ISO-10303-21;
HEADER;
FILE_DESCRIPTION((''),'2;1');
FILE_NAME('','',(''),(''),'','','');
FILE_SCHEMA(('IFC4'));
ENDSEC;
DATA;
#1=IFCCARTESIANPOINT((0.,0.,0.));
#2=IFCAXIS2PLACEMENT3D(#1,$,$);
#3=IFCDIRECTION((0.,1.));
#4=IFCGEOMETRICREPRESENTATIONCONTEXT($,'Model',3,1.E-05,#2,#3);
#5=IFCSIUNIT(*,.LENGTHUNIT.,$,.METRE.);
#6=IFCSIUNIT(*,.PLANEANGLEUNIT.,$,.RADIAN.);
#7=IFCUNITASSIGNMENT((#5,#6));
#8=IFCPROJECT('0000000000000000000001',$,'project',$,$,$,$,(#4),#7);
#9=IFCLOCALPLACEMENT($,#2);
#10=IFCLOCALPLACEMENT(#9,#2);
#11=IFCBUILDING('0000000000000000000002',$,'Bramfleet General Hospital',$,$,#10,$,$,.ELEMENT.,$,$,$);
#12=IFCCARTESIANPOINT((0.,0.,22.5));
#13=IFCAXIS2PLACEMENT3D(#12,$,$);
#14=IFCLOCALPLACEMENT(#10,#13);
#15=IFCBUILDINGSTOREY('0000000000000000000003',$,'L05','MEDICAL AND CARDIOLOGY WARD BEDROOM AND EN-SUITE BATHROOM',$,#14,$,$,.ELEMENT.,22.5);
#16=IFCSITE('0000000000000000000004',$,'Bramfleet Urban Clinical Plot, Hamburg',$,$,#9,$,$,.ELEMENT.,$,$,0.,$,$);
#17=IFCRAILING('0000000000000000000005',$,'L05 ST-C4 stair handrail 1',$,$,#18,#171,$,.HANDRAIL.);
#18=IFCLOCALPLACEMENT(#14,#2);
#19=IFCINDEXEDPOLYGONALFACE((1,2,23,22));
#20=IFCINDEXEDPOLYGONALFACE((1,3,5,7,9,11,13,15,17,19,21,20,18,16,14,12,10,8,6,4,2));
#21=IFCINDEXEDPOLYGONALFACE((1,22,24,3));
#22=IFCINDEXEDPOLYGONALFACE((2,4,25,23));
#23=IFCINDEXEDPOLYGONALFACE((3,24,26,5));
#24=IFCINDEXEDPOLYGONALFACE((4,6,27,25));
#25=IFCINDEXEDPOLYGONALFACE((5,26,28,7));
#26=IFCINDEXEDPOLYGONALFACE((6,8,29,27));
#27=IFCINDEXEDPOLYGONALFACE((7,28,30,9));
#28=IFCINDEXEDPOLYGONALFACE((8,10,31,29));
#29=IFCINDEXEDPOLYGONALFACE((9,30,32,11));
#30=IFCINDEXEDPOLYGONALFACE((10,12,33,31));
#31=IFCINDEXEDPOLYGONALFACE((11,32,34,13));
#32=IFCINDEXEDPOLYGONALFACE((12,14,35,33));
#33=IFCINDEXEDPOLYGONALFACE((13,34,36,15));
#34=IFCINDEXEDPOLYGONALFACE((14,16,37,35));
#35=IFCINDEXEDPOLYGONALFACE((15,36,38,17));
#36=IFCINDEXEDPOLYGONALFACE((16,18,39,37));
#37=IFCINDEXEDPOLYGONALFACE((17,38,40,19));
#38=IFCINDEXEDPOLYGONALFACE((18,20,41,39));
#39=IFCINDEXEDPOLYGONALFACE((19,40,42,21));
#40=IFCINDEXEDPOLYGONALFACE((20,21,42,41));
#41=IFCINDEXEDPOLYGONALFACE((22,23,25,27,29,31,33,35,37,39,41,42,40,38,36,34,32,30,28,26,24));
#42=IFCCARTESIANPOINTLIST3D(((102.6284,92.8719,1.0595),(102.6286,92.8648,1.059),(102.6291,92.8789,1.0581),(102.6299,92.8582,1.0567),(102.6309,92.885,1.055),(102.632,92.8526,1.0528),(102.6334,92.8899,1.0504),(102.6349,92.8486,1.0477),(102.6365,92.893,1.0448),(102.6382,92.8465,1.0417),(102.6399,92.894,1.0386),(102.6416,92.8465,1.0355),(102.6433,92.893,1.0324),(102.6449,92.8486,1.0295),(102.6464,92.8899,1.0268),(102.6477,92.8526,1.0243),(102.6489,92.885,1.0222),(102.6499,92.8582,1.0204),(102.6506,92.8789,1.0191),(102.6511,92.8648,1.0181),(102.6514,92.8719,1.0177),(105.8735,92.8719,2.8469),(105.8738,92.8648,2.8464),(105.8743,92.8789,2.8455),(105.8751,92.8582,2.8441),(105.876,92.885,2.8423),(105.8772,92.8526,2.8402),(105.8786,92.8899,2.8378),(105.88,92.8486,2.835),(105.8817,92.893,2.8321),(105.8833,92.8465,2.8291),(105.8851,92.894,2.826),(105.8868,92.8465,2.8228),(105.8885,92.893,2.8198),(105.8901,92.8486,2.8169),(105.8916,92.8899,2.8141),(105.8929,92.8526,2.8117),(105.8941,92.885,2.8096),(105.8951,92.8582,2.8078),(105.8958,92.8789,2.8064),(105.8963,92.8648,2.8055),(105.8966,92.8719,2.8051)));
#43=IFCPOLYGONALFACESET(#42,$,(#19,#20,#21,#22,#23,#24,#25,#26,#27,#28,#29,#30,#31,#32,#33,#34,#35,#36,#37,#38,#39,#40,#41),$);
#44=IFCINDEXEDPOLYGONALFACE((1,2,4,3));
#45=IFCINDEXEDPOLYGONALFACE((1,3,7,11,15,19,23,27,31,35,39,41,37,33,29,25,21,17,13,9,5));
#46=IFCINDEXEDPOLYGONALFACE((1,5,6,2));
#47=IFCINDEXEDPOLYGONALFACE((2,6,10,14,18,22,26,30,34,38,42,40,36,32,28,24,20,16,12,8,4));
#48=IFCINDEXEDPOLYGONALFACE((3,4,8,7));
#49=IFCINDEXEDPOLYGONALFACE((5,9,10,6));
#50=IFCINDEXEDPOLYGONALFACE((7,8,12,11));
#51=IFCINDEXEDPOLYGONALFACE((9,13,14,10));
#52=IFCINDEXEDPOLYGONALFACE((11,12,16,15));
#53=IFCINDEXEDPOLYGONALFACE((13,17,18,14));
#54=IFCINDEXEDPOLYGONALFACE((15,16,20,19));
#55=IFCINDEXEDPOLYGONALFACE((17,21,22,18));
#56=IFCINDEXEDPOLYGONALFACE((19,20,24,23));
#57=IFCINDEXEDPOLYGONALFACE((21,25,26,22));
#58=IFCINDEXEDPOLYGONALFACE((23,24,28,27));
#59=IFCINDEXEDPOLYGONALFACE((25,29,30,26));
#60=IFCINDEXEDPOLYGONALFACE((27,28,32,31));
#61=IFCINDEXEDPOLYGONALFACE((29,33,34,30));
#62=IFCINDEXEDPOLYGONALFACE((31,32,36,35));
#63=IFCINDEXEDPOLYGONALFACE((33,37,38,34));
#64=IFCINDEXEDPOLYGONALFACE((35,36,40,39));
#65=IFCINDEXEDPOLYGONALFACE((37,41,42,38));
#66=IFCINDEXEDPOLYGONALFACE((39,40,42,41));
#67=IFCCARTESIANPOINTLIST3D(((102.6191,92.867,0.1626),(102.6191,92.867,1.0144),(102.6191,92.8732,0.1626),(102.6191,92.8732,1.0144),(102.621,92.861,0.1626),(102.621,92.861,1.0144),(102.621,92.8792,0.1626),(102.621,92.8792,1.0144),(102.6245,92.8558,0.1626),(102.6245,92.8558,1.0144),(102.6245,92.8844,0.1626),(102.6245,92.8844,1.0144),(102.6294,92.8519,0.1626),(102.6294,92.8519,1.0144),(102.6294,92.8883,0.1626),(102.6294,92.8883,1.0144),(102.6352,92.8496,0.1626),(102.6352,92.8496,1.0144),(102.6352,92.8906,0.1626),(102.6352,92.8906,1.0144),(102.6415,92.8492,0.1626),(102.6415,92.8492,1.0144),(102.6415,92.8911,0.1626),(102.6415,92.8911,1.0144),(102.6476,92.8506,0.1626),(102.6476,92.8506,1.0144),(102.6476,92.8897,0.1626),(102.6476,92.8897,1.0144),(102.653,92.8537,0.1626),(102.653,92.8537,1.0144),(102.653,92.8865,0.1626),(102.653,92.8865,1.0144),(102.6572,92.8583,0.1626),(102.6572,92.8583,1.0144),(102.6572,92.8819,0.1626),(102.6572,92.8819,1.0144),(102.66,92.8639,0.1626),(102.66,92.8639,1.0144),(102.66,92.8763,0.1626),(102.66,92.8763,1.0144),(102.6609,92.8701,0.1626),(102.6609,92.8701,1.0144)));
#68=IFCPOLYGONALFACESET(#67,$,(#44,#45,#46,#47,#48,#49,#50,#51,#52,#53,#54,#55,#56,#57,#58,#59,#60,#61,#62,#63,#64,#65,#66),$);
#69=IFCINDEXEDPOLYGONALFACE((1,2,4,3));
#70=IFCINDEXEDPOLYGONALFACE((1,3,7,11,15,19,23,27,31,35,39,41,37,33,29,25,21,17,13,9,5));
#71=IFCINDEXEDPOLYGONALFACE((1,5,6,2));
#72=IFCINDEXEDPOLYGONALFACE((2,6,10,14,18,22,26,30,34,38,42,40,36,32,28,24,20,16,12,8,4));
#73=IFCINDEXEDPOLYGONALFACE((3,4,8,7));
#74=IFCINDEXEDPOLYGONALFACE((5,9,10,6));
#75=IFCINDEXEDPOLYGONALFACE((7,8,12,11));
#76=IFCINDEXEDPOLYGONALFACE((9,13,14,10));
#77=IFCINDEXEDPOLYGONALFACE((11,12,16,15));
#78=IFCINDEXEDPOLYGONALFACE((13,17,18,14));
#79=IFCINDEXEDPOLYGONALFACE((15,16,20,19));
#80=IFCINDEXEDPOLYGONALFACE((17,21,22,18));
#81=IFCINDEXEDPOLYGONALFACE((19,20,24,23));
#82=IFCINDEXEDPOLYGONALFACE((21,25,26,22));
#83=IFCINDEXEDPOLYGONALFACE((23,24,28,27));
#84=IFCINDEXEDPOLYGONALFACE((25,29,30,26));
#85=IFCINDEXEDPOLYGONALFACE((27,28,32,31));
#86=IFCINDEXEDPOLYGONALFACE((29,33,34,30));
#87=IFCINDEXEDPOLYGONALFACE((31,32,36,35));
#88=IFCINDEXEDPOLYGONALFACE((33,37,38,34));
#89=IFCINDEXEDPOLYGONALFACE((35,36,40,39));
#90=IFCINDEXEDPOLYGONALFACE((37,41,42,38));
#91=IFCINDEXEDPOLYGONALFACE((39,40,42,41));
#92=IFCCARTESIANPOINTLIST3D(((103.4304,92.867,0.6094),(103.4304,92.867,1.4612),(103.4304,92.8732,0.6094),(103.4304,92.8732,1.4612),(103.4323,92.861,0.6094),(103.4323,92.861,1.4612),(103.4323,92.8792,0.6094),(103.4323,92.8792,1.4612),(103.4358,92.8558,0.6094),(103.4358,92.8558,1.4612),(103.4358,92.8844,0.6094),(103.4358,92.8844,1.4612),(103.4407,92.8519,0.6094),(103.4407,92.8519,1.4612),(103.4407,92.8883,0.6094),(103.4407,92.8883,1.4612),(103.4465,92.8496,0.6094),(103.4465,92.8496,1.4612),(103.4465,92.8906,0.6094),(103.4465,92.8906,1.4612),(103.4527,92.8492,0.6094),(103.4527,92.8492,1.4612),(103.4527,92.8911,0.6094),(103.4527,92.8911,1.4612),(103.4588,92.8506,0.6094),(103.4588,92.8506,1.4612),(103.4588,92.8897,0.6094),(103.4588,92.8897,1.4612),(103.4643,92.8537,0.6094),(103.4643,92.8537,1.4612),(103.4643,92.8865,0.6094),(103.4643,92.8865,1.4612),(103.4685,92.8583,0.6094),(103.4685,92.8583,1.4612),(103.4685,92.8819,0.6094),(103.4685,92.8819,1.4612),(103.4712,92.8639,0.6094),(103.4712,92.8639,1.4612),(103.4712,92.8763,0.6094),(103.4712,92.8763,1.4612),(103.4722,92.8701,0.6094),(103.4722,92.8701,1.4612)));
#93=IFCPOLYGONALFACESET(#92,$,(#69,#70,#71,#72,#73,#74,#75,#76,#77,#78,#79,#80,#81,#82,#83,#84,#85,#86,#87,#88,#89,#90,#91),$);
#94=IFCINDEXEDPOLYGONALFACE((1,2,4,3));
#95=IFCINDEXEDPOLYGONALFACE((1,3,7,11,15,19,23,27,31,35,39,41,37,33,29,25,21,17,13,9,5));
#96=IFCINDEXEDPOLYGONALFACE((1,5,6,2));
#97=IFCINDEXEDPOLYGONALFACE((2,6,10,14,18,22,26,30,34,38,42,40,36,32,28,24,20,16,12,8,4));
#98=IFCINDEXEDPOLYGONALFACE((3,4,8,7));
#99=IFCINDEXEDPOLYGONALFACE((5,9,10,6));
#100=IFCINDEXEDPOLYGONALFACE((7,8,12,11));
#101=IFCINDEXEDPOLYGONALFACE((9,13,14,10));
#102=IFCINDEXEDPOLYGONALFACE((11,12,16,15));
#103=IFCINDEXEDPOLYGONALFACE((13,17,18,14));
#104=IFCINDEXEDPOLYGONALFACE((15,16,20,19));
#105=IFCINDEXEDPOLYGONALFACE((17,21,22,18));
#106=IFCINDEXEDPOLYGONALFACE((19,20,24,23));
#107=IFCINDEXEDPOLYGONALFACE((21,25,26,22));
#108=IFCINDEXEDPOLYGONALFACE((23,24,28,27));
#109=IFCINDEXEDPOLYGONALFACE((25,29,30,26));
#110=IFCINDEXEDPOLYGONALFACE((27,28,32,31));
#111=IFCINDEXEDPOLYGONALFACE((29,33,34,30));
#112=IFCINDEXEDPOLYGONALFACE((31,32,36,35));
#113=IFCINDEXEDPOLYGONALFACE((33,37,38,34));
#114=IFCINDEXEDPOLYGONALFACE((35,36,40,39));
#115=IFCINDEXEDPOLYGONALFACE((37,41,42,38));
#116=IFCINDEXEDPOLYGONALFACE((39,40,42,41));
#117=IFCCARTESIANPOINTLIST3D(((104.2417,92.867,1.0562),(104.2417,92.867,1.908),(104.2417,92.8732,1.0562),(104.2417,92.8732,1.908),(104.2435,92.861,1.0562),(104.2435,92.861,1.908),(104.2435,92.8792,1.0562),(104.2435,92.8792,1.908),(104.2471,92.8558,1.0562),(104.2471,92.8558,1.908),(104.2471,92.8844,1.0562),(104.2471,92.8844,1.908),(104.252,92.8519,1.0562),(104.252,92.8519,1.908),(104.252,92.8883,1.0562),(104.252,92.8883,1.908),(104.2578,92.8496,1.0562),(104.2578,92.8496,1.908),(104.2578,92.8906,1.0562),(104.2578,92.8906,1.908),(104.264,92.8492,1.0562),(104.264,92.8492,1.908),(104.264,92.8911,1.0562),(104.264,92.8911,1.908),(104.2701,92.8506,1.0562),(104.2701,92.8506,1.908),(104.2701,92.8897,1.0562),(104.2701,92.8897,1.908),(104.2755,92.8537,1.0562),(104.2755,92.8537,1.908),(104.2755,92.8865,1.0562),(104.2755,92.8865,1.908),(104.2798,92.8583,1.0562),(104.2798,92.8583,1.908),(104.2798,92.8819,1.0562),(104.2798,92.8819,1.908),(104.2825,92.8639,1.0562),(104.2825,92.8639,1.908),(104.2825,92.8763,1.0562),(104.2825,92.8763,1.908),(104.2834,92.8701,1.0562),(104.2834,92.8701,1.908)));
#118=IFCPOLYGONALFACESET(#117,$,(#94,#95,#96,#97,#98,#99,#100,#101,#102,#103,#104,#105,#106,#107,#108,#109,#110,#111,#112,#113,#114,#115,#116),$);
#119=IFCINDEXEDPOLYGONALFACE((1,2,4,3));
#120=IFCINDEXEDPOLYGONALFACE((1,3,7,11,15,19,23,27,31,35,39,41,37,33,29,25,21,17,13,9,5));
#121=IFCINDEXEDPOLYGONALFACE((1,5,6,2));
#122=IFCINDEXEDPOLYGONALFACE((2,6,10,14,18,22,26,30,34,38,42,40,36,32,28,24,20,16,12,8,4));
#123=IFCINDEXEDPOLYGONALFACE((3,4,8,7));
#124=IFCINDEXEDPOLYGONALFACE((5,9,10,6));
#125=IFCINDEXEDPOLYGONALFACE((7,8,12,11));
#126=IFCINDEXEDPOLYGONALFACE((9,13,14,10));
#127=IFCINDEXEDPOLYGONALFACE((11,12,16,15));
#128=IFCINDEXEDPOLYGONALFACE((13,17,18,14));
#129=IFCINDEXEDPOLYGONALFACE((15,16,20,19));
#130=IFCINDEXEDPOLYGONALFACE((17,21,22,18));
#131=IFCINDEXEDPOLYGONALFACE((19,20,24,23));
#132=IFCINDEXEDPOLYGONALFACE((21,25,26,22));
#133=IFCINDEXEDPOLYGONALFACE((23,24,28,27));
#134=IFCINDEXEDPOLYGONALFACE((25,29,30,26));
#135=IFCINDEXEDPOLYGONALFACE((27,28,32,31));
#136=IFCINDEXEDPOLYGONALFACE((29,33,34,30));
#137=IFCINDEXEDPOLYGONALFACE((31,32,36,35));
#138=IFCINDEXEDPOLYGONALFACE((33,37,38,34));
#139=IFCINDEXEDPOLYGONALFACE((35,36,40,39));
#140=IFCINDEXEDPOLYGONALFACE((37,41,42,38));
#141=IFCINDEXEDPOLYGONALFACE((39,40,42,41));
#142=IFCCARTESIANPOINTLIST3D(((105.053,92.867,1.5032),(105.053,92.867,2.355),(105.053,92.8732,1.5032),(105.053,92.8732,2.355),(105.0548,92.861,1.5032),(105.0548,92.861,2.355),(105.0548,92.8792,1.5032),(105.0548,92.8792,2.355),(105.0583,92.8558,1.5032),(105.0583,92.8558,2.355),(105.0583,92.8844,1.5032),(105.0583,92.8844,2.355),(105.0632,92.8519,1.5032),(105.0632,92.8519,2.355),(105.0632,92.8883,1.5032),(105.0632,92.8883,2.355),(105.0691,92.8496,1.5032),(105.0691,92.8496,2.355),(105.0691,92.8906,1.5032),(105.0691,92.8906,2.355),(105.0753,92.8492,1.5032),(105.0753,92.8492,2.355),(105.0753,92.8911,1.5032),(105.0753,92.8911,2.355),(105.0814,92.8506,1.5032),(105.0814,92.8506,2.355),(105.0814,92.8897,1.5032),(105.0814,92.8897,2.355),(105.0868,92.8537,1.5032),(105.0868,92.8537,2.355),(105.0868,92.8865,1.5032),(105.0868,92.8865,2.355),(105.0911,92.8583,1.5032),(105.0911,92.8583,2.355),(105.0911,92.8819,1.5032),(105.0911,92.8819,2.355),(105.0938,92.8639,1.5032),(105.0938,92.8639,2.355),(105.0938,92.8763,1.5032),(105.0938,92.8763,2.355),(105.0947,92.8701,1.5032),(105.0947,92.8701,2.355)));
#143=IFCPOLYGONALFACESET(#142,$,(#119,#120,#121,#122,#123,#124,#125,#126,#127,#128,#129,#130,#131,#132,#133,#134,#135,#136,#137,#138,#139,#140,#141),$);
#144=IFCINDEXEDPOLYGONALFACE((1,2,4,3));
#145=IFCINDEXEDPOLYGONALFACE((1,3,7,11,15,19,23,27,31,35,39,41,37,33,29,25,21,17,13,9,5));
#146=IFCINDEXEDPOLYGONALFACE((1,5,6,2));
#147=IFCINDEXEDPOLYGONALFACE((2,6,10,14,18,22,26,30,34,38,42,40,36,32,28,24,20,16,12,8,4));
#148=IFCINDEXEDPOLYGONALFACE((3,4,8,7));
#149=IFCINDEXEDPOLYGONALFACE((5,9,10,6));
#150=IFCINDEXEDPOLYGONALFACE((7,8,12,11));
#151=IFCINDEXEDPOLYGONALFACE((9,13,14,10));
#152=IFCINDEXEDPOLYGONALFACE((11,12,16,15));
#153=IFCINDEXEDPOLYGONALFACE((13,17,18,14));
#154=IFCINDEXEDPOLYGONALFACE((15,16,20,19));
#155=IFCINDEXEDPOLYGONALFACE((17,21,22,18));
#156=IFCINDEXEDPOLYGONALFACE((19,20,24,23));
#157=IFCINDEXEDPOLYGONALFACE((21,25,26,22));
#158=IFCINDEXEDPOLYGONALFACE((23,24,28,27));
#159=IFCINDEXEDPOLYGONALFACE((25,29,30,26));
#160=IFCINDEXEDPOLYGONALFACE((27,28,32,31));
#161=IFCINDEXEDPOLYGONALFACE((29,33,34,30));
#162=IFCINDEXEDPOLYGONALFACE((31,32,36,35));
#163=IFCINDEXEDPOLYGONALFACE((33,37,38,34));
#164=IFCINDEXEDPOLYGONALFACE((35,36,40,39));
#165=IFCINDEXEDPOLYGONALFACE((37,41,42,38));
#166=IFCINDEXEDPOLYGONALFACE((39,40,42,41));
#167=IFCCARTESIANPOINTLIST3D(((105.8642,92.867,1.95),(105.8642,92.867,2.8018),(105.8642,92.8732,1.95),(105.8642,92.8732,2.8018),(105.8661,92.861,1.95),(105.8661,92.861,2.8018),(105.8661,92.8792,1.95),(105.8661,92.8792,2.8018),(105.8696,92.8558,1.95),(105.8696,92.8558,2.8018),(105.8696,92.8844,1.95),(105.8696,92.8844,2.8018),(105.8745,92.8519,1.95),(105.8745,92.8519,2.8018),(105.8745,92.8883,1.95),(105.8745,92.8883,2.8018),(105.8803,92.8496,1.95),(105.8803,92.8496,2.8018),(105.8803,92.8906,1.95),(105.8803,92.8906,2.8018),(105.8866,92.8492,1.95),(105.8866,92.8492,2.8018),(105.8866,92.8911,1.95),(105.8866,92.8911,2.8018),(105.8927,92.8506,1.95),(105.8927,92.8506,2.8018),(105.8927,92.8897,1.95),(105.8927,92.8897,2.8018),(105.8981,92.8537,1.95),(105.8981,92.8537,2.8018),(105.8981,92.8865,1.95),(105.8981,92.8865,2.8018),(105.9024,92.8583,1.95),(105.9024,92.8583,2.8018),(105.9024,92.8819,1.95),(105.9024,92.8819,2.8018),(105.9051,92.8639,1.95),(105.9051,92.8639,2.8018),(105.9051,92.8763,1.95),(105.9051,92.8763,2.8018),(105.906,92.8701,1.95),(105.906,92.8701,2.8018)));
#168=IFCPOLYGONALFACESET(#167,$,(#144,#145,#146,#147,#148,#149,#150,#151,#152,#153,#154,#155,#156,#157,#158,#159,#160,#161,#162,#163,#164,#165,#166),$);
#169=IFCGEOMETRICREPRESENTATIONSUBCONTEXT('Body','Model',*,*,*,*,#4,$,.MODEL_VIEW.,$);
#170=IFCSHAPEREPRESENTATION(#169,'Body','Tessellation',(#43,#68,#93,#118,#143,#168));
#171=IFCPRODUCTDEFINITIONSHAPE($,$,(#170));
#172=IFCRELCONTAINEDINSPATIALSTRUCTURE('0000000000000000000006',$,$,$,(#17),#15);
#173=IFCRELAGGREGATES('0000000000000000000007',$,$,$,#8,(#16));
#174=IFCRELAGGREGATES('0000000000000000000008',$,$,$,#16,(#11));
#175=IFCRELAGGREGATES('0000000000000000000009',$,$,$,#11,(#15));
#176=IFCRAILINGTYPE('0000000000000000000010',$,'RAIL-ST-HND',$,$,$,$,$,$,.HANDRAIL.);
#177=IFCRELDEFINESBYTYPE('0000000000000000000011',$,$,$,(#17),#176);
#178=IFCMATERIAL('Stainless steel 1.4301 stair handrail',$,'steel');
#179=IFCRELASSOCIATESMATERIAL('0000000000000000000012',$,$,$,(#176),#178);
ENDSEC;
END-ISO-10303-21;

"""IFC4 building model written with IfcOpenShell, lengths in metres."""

from ifc_helpers import new_model, si_unit, direction, frame, origin, origin_2d, place, context, subcontext, project, spatial, circle, extrude, material, type_object, element, save


model = new_model("IFC4")

# Units and contexts
model_context = context("Model", 3, precision=1e-05, world=origin(), true_north=direction((0.0, 1.0)))
body_context = subcontext(model_context, "Body", "Model", "MODEL_VIEW")
ifc_project = project(units=[si_unit("LENGTHUNIT", "METRE"), si_unit("PLANEANGLEUNIT", "RADIAN")], contexts=[model_context])

# Site, building, storey
site_placement = place(None, origin())
site = spatial("IfcSite", under=ifc_project, at=site_placement, Name="Bramfleet Urban Clinical Plot, Hamburg", CompositionType="ELEMENT", RefElevation=0.0)
building_placement = place(site_placement, origin())
building = spatial("IfcBuilding", under=site, at=building_placement, Name="Bramfleet General Hospital", CompositionType="ELEMENT")
storey_placement = place(building_placement, frame((0.0, 0.0, 22.5)))
storey = spatial("IfcBuildingStorey", under=building, at=storey_placement, Name="L05", Description="MEDICAL AND CARDIOLOGY WARD BEDROOM AND EN-SUITE BATHROOM", CompositionType="ELEMENT", Elevation=22.5)

# Railing
ifc_material_1 = material(Name="Stainless steel 1.4301 stair handrail", Category="steel")
railing_type_1 = type_object("IfcRailingType", Name="RAIL-ST-HND", PredefinedType="HANDRAIL", material=ifc_material_1)
railing_1_placement = place(storey_placement, frame((102.6399, 92.8701, 0.1626)))
element("IfcRailing", 1, at=railing_1_placement, inside=storey, type_object=railing_type_1, Name="L05 ST-C4 stair handrail 1", PredefinedType="HANDRAIL", context=body_context, shape_type="SweptSolid", body=[
    extrude(circle(Radius=0.0239, at=origin_2d()), frame((0.0, 0.0, 0.876), z_axis=(0.875926, 0.0, 0.482445), x_axis=(0.0, 1.0, 0.0)), (0.0, 0.0, 1.0), 3.7048),
    extrude(circle(Radius=0.021, at=origin_2d()), origin(), (0.0, 0.0, 1.0), 0.8518),
    extrude(circle(Radius=0.021, at=origin_2d()), frame((0.8113, 0.0, 0.4468)), (0.0, 0.0, 1.0), 0.8518),
    extrude(circle(Radius=0.021, at=origin_2d()), frame((1.6226, 0.0, 0.8936)), (0.0, 0.0, 1.0), 0.8518),
    extrude(circle(Radius=0.021, at=origin_2d()), frame((2.4338, 0.0, 1.3406)), (0.0, 0.0, 1.0), 0.8518),
    extrude(circle(Radius=0.021, at=origin_2d()), frame((3.2451, 0.0, 1.7874)), (0.0, 0.0, 1.0), 0.8518),
])

save(model, "model.ifc")
